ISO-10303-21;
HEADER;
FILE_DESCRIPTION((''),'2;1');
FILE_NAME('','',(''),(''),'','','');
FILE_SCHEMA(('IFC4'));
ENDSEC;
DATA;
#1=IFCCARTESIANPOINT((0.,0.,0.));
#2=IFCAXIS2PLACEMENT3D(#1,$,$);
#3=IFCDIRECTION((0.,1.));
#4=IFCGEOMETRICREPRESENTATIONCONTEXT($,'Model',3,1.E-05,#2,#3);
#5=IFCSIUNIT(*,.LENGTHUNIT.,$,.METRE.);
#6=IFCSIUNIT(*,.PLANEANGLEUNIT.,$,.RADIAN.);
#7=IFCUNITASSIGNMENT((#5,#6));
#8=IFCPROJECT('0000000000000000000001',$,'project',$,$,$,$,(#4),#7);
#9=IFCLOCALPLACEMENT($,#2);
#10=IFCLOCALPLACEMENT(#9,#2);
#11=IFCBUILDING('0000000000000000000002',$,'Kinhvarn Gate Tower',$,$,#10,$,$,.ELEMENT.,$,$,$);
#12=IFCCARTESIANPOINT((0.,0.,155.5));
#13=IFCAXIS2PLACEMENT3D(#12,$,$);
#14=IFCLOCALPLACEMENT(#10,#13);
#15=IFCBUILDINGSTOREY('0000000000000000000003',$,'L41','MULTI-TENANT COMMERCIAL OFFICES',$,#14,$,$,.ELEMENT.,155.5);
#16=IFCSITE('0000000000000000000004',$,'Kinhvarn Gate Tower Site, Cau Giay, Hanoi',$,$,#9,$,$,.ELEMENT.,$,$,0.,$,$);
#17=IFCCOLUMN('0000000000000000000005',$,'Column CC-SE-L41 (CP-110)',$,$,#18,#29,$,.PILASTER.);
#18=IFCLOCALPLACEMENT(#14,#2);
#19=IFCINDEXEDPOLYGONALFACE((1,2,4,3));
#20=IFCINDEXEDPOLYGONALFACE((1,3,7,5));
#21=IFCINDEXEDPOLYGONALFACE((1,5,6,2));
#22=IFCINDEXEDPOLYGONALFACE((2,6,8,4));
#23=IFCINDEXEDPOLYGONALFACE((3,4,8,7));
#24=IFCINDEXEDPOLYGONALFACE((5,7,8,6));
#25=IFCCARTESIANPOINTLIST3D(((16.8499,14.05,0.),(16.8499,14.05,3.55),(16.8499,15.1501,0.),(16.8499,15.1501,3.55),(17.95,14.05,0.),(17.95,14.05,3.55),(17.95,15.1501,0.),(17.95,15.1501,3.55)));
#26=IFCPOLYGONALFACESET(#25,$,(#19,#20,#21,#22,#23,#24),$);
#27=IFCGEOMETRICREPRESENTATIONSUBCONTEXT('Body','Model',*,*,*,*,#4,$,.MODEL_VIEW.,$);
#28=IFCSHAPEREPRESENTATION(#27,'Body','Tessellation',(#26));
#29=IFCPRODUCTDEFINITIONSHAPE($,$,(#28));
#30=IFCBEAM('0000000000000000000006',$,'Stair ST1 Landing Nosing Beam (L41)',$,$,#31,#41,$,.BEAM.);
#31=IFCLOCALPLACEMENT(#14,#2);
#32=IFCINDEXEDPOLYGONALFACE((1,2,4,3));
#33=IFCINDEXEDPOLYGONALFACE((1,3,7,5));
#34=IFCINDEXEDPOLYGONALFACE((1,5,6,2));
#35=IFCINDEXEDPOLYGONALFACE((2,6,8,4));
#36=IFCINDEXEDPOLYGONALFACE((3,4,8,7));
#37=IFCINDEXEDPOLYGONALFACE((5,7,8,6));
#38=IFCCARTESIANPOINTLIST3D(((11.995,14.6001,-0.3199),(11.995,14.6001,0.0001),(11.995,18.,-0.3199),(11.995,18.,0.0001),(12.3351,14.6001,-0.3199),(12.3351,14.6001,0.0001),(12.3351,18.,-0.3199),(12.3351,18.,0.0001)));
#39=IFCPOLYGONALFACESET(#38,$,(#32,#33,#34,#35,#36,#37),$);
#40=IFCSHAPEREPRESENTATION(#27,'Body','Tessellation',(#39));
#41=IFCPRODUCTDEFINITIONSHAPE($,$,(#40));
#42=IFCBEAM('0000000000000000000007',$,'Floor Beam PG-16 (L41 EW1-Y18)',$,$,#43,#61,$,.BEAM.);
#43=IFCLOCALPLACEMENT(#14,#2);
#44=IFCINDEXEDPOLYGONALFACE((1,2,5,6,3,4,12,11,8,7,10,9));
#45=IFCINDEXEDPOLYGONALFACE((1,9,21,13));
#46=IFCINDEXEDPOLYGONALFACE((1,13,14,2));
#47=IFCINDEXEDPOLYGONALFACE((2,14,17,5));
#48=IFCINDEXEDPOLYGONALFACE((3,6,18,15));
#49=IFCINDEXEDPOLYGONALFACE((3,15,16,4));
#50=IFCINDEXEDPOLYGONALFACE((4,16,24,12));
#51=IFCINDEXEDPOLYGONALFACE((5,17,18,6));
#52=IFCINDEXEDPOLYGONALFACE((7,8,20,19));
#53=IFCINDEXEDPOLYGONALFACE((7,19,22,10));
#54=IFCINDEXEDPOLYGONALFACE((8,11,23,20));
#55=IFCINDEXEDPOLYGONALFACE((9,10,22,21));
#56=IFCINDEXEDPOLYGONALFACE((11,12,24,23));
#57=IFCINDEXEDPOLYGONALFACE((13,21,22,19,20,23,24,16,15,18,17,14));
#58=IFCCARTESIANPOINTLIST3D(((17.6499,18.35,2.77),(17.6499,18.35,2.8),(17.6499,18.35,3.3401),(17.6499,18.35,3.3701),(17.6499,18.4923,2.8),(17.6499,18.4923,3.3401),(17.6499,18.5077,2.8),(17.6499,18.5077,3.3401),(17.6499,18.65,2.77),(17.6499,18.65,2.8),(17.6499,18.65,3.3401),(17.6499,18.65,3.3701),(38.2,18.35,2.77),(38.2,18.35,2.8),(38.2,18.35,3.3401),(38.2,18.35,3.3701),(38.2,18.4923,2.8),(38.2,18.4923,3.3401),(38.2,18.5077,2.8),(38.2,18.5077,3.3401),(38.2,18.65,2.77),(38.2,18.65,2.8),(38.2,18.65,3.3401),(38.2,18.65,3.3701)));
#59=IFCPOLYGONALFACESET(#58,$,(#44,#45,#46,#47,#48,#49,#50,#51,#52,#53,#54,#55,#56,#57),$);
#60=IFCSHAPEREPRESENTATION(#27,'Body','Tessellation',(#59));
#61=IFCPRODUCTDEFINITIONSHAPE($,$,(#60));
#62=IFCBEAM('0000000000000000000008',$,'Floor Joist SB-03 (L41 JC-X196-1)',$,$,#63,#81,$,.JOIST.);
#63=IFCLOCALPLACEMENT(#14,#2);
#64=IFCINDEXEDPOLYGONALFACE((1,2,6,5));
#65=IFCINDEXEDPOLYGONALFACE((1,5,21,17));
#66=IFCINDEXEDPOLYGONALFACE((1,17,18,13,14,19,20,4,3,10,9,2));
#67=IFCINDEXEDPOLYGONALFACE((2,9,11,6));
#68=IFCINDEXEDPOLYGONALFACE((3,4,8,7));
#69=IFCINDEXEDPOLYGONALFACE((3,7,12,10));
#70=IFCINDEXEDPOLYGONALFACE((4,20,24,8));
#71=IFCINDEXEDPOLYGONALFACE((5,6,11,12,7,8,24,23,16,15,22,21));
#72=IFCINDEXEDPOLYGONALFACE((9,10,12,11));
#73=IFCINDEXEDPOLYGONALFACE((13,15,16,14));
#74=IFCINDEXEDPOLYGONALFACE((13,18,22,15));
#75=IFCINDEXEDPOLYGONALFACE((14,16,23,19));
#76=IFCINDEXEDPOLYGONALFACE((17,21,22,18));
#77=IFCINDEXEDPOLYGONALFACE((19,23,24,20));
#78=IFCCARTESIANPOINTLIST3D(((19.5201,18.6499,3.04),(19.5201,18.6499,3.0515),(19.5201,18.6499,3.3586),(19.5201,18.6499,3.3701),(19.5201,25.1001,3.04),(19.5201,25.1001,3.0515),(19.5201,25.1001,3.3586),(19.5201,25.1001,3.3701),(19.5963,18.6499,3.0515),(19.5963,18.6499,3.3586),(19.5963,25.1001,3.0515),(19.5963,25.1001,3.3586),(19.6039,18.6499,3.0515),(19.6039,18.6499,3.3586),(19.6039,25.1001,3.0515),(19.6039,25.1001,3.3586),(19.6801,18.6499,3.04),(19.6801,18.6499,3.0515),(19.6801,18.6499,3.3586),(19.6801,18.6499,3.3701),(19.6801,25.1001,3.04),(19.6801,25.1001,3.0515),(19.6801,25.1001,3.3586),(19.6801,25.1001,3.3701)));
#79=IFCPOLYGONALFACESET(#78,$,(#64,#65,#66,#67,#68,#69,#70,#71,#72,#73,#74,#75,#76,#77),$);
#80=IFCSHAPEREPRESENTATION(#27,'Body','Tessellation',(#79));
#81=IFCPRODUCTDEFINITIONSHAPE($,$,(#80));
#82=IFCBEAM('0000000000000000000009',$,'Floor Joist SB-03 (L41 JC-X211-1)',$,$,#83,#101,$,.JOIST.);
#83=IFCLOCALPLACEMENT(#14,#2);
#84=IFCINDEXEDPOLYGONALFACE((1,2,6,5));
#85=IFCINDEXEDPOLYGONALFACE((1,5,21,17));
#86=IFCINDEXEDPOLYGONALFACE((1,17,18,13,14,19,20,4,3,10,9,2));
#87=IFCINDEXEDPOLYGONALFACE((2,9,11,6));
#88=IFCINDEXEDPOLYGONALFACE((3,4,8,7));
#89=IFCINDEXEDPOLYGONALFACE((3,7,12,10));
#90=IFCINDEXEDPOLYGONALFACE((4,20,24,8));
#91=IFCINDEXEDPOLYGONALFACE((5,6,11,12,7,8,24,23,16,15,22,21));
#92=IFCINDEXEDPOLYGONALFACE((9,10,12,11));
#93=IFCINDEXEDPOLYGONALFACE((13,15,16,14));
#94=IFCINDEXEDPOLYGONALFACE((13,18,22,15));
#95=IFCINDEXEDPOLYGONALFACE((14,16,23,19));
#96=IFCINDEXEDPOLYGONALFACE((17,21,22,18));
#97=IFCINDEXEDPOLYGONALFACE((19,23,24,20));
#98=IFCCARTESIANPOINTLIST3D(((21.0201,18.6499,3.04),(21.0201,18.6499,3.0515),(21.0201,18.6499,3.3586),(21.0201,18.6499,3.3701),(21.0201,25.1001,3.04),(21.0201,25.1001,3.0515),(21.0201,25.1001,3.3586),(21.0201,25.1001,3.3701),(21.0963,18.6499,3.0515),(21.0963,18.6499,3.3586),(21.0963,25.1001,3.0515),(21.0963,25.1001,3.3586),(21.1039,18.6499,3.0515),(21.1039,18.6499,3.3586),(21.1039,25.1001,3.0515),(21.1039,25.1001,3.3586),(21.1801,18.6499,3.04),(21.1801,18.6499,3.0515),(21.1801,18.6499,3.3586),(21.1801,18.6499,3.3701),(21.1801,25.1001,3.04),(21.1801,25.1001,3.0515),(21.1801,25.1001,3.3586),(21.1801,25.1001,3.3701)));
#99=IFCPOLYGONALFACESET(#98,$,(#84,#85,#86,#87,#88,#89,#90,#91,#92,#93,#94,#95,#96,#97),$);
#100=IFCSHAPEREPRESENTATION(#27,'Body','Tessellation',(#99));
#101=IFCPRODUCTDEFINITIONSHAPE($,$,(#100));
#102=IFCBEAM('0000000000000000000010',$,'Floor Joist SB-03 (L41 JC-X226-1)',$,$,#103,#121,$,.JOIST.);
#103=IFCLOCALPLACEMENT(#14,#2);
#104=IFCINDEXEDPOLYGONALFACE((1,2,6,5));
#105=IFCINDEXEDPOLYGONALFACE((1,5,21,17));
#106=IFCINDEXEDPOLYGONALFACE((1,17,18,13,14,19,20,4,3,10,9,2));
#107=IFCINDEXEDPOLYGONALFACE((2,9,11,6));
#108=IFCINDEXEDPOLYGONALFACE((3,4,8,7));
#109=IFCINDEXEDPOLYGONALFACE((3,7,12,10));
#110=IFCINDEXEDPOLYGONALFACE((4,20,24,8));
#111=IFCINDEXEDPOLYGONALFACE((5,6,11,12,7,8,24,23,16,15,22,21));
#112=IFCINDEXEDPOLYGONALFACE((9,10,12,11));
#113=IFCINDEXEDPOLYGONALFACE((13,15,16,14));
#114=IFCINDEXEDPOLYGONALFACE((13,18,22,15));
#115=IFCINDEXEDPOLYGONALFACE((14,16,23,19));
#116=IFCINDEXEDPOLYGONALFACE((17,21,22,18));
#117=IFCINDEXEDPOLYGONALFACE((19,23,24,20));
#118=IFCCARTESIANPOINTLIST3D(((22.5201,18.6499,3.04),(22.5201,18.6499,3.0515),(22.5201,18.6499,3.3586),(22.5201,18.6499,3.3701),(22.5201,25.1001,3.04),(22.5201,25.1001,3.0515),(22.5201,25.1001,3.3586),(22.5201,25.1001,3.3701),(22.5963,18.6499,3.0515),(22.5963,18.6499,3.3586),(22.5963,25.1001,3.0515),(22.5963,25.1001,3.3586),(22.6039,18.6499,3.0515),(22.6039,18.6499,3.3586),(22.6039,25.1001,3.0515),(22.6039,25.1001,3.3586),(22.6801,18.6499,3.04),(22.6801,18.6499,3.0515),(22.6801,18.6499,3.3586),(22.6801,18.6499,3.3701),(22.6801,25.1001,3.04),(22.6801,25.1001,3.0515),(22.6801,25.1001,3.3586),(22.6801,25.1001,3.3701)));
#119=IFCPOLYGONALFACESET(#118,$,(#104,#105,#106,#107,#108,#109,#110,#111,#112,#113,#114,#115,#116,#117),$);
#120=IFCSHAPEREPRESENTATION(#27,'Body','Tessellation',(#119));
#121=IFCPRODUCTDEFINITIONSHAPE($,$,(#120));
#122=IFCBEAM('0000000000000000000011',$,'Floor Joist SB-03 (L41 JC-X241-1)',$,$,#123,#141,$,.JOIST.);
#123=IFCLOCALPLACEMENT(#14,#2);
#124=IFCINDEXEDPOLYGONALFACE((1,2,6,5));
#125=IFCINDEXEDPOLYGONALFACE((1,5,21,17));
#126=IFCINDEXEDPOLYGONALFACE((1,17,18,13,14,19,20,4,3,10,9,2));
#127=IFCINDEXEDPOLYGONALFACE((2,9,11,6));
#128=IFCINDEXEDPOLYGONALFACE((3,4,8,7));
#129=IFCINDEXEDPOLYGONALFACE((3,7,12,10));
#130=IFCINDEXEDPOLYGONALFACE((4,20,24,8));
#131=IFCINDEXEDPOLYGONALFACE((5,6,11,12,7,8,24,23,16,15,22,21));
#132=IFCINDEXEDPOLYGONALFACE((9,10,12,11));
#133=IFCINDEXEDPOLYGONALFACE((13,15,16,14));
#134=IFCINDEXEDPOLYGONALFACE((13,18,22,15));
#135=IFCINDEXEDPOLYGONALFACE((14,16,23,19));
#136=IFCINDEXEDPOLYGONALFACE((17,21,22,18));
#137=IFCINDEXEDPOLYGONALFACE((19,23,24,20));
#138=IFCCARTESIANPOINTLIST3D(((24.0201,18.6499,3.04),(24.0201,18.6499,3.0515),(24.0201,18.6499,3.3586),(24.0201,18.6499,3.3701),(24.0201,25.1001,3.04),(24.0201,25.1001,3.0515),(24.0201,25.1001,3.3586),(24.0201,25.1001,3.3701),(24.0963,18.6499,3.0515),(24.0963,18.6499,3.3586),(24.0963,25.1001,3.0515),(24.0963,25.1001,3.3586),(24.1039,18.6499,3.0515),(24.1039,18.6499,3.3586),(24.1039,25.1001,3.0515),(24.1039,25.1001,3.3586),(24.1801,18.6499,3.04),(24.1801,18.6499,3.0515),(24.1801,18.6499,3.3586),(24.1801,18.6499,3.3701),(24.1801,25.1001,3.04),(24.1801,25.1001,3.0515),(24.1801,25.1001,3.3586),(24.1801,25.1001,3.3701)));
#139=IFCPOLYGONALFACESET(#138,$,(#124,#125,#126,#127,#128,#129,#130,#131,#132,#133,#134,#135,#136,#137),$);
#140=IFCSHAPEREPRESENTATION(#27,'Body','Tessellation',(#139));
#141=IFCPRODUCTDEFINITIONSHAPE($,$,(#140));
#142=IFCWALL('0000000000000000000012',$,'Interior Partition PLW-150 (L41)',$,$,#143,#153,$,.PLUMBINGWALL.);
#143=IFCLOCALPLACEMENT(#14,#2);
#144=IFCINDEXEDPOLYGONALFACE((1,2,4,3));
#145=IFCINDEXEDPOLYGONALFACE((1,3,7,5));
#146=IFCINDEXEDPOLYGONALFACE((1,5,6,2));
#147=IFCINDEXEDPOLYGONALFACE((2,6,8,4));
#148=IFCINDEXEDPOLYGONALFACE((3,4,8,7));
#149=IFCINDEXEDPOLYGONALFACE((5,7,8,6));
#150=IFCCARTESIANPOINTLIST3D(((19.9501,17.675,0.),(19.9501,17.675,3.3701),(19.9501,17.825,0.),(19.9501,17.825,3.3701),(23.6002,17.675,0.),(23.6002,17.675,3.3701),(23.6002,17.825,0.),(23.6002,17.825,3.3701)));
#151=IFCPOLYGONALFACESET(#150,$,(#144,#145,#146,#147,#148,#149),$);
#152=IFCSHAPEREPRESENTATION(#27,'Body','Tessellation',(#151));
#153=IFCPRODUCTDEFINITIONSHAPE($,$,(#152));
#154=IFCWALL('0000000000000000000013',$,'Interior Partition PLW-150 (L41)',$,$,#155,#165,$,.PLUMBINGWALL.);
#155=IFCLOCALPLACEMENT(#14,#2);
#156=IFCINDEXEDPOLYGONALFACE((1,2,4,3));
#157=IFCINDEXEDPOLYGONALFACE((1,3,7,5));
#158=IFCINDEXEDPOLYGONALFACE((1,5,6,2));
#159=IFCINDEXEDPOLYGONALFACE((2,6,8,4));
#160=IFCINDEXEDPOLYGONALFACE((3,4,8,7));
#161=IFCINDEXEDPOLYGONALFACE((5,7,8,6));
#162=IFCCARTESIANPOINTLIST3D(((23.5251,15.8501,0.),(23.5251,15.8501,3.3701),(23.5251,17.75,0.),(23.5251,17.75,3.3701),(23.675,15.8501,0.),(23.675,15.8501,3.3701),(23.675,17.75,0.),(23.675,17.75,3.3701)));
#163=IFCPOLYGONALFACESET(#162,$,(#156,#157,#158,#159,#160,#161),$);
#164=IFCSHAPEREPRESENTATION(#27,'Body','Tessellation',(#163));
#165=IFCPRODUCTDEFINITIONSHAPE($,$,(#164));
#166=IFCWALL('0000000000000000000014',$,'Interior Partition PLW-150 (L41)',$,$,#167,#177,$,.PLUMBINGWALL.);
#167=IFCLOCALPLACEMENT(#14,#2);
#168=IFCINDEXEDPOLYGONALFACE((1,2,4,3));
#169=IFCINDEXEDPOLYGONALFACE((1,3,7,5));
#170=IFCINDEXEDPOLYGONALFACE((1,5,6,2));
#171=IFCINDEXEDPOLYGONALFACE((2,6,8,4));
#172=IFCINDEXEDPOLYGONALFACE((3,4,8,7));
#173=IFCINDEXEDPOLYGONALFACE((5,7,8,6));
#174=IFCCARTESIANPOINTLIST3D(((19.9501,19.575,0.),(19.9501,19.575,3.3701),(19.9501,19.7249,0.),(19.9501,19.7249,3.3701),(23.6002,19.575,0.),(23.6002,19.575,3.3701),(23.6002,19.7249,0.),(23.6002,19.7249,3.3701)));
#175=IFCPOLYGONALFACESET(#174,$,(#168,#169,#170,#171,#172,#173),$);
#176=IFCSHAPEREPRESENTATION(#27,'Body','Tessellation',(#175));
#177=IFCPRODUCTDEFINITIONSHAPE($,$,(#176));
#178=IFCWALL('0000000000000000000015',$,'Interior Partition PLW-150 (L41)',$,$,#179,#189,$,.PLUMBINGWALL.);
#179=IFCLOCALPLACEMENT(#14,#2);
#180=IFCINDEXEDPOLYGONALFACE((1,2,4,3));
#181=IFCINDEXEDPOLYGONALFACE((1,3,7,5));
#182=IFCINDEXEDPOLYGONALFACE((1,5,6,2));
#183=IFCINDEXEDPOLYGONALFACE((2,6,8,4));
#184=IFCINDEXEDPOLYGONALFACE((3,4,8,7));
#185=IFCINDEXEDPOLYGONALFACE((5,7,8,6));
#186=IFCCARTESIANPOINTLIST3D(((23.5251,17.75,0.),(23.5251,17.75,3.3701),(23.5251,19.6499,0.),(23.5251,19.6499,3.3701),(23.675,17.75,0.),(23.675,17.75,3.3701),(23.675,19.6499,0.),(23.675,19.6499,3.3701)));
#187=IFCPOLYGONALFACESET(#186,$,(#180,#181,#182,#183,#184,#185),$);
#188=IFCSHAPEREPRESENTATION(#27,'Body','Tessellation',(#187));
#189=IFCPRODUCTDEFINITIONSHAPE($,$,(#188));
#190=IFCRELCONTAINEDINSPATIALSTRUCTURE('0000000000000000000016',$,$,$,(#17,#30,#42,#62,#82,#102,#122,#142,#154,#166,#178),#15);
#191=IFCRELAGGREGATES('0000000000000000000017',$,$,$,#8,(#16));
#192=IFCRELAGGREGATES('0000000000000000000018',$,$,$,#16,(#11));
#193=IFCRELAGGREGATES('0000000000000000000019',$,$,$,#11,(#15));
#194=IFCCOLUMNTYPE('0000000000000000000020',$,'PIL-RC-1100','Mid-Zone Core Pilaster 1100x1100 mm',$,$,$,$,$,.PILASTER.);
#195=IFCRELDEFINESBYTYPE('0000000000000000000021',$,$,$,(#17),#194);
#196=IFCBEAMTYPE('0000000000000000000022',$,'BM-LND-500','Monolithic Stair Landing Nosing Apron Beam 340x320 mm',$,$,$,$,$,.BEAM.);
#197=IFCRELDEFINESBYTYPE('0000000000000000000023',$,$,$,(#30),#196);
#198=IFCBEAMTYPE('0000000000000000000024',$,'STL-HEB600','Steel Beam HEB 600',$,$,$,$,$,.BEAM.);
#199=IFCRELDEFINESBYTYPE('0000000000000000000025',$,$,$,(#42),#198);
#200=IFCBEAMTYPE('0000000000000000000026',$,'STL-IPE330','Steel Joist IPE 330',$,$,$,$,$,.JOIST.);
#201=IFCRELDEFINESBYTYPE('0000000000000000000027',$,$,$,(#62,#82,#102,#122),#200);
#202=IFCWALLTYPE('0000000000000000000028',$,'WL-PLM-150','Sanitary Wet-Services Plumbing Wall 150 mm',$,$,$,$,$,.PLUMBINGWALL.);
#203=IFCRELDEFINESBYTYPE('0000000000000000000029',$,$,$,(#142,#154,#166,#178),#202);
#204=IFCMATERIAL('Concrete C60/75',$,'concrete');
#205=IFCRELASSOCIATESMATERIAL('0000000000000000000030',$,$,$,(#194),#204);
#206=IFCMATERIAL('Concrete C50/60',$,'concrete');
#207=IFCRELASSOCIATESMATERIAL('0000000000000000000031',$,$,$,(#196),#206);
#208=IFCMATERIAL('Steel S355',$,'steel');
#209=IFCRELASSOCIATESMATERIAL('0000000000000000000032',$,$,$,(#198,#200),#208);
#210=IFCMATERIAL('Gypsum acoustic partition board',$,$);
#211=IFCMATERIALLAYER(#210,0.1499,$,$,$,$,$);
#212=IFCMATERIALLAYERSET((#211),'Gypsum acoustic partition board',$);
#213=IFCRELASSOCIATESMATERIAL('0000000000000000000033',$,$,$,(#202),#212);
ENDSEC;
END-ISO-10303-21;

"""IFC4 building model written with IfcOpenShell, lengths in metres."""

from ifc_helpers import new_model, si_unit, direction, frame, frame_2d, origin, origin_2d, place, context, subcontext, project, spatial, rectangle, i_section, extrude, material, layer, layer_set, material_profile, profile_set, type_object, element, save


model = new_model("IFC4")

# Units and contexts
model_context = context("Model", 3, precision=1e-05, world=origin(), true_north=direction((0.0, 1.0)))
body_context = subcontext(model_context, "Body", "Model", "MODEL_VIEW")
ifc_project = project(units=[si_unit("LENGTHUNIT", "METRE"), si_unit("PLANEANGLEUNIT", "RADIAN")], contexts=[model_context])

# Site, building, storey
site_placement = place(None, origin())
site = spatial("IfcSite", under=ifc_project, at=site_placement, Name="Kinhvarn Gate Tower Site, Cau Giay, Hanoi", CompositionType="ELEMENT", RefElevation=0.0)
building_placement = place(site_placement, origin())
building = spatial("IfcBuilding", under=site, at=building_placement, Name="Kinhvarn Gate Tower", CompositionType="ELEMENT")
storey_placement = place(building_placement, frame((0.0, 0.0, 155.5)))
storey = spatial("IfcBuildingStorey", under=building, at=storey_placement, Name="L41", Description="MULTI-TENANT COMMERCIAL OFFICES", CompositionType="ELEMENT", Elevation=155.5)

# Column
ifc_material_1 = material(Name="Concrete C60/75", Category="concrete")
ifc_material_profile_1 = material_profile(ifc_material_1, rectangle(XDim=1.1001, YDim=1.1001, at=origin_2d()), Name="RC 1100x1100")
ifc_profile_set_1 = profile_set([ifc_material_profile_1], Name="Concrete C60/75")
column_type = type_object("IfcColumnType", Name="PIL-RC-1100", Description="Mid-Zone Core Pilaster 1100x1100 mm", PredefinedType="PILASTER", material=ifc_profile_set_1)
column_placement = place(storey_placement, frame((17.3999, 14.6001, 0.0), z_axis=(0.0, 0.0, 1.0), x_axis=(1.0, 0.0, 0.0)))
element("IfcColumn", 1, at=column_placement, inside=storey, type_object=column_type, Name="Column CC-SE-L41 (CP-110)", PredefinedType="PILASTER", context=body_context, shape_type="SweptSolid", body=[
    extrude(rectangle(XDim=1.1001, YDim=1.1001, at=origin_2d()), origin(), (0.0, 0.0, 1.0), 3.55),
])

# Beams
ifc_material_2 = material(Name="Concrete C50/60", Category="concrete")
ifc_material_profile_2 = material_profile(ifc_material_2, rectangle(XDim=0.3401, YDim=0.3201, at=origin_2d()), Name="RC 340x320")
ifc_profile_set_2 = profile_set([ifc_material_profile_2], Name="Concrete C50/60")
beam_type_1 = type_object("IfcBeamType", Name="BM-LND-500", Description="Monolithic Stair Landing Nosing Apron Beam 340x320 mm", PredefinedType="BEAM", material=ifc_profile_set_2)
beam_1_placement = place(storey_placement, frame((12.165, 14.6001, -0.1599), z_axis=(0.0, 1.0, 0.0), x_axis=(-1.0, 0.0, 0.0)))
element("IfcBeam", 2, at=beam_1_placement, inside=storey, type_object=beam_type_1, Name="Stair ST1 Landing Nosing Beam (L41)", PredefinedType="BEAM", context=body_context, shape_type="SweptSolid", body=[
    extrude(rectangle(XDim=0.3401, YDim=0.3201, at=origin_2d()), origin(), (0.0, 0.0, 1.0), 3.3999),
])
ifc_material_3 = material(Name="Steel S355", Category="steel")
ifc_material_profile_3 = material_profile(ifc_material_3, i_section(OverallWidth=0.3, OverallDepth=0.6001, WebThickness=0.0154, FlangeThickness=0.03, at=origin_2d()), Name="HEB 600")
ifc_profile_set_3 = profile_set([ifc_material_profile_3], Name="Steel S355")
beam_type_2 = type_object("IfcBeamType", Name="STL-HEB600", Description="Steel Beam HEB 600", PredefinedType="BEAM", material=ifc_profile_set_3)
beam_2_placement = place(storey_placement, frame((17.6499, 18.5, 3.0701), z_axis=(1.0, 0.0, 0.0), x_axis=(0.0, 1.0, 0.0)))
element("IfcBeam", 3, at=beam_2_placement, inside=storey, type_object=beam_type_2, Name="Floor Beam PG-16 (L41 EW1-Y18)", PredefinedType="BEAM", context=body_context, shape_type="SweptSolid", body=[
    extrude(i_section(OverallWidth=0.3, OverallDepth=0.6001, WebThickness=0.0154, FlangeThickness=0.03, at=origin_2d()), origin(), (0.0, 0.0, 1.0), 20.55),
])
ifc_material_profile_4 = material_profile(ifc_material_3, i_section(OverallWidth=0.1599, OverallDepth=0.3301, WebThickness=0.0076, FlangeThickness=0.0115, at=origin_2d()), Name="IPE 330")
ifc_profile_set_4 = profile_set([ifc_material_profile_4], Name="Steel S355")
beam_type_3 = type_object("IfcBeamType", Name="STL-IPE330", Description="Steel Joist IPE 330", PredefinedType="JOIST", material=ifc_profile_set_4)
for number, where, z_axis, x_axis, name in (
    (4, (19.6001, 18.6499, 3.2051), (0.0, 1.0, 0.0), (-1.0, 0.0, 0.0), "Floor Joist SB-03 (L41 JC-X196-1)"),
    (5, (21.1001, 18.6499, 3.2051), (0.0, 1.0, 0.0), (-1.0, 0.0, 0.0), "Floor Joist SB-03 (L41 JC-X211-1)"),
    (6, (22.6001, 18.6499, 3.2051), (0.0, 1.0, 0.0), (-1.0, 0.0, 0.0), "Floor Joist SB-03 (L41 JC-X226-1)"),
    (7, (24.1001, 18.6499, 3.2051), (0.0, 1.0, 0.0), (-1.0, 0.0, 0.0), "Floor Joist SB-03 (L41 JC-X241-1)"),
):
    element("IfcBeam", number, at=place(storey_placement, frame(where, z_axis=z_axis, x_axis=x_axis)), inside=storey, type_object=beam_type_3, Name=name, PredefinedType="JOIST", context=body_context, shape_type="SweptSolid", body=[
        extrude(i_section(OverallWidth=0.1599, OverallDepth=0.3301, WebThickness=0.0076, FlangeThickness=0.0115, at=origin_2d()), origin(), (0.0, 0.0, 1.0), 6.4502),
    ])

# Walls
ifc_material_4 = material(Name="Gypsum acoustic partition board")
ifc_layer_1 = layer(ifc_material_4, 0.1499)
ifc_layer_set_1 = layer_set([ifc_layer_1], Name="Gypsum acoustic partition board")
wall_type_1 = type_object("IfcWallType", Name="WL-PLM-150", Description="Sanitary Wet-Services Plumbing Wall 150 mm", PredefinedType="PLUMBINGWALL", material=ifc_layer_set_1)
wall_1_placement = place(storey_placement, frame((19.95, 17.75, 0.0), z_axis=(0.0, 0.0, 1.0), x_axis=(1.0, 0.0, 0.0)))
element("IfcWall", 8, at=wall_1_placement, inside=storey, type_object=wall_type_1, Name="Interior Partition PLW-150 (L41)", PredefinedType="PLUMBINGWALL", context=body_context, shape_type="SweptSolid", body=[
    extrude(rectangle(XDim=3.6501, YDim=0.1499, at=frame_2d((1.8252, 0.0))), origin(), (0.0, 0.0, 1.0), 3.3701),
])
wall_2_placement = place(storey_placement, frame((23.6001, 15.8501, 0.0), z_axis=(0.0, 0.0, 1.0), x_axis=(0.0, 1.0, 0.0)))
element("IfcWall", 9, at=wall_2_placement, inside=storey, type_object=wall_type_1, Name="Interior Partition PLW-150 (L41)", PredefinedType="PLUMBINGWALL", context=body_context, shape_type="SweptSolid", body=[
    extrude(rectangle(XDim=1.8999, YDim=0.1499, at=frame_2d((0.95, 0.0))), origin(), (0.0, 0.0, 1.0), 3.3701),
])
wall_3_placement = place(storey_placement, frame((19.95, 19.6499, 0.0), z_axis=(0.0, 0.0, 1.0), x_axis=(1.0, 0.0, 0.0)))
element("IfcWall", 10, at=wall_3_placement, inside=storey, type_object=wall_type_1, Name="Interior Partition PLW-150 (L41)", PredefinedType="PLUMBINGWALL", context=body_context, shape_type="SweptSolid", body=[
    extrude(rectangle(XDim=3.6501, YDim=0.1499, at=frame_2d((1.8252, 0.0))), origin(), (0.0, 0.0, 1.0), 3.3701),
])
wall_4_placement = place(storey_placement, frame((23.6001, 17.75, 0.0), z_axis=(0.0, 0.0, 1.0), x_axis=(0.0, 1.0, 0.0)))
element("IfcWall", 11, at=wall_4_placement, inside=storey, type_object=wall_type_1, Name="Interior Partition PLW-150 (L41)", PredefinedType="PLUMBINGWALL", context=body_context, shape_type="SweptSolid", body=[
    extrude(rectangle(XDim=1.8999, YDim=0.1499, at=frame_2d((0.95, 0.0))), origin(), (0.0, 0.0, 1.0), 3.3701),
])

save(model, "model.ifc")
